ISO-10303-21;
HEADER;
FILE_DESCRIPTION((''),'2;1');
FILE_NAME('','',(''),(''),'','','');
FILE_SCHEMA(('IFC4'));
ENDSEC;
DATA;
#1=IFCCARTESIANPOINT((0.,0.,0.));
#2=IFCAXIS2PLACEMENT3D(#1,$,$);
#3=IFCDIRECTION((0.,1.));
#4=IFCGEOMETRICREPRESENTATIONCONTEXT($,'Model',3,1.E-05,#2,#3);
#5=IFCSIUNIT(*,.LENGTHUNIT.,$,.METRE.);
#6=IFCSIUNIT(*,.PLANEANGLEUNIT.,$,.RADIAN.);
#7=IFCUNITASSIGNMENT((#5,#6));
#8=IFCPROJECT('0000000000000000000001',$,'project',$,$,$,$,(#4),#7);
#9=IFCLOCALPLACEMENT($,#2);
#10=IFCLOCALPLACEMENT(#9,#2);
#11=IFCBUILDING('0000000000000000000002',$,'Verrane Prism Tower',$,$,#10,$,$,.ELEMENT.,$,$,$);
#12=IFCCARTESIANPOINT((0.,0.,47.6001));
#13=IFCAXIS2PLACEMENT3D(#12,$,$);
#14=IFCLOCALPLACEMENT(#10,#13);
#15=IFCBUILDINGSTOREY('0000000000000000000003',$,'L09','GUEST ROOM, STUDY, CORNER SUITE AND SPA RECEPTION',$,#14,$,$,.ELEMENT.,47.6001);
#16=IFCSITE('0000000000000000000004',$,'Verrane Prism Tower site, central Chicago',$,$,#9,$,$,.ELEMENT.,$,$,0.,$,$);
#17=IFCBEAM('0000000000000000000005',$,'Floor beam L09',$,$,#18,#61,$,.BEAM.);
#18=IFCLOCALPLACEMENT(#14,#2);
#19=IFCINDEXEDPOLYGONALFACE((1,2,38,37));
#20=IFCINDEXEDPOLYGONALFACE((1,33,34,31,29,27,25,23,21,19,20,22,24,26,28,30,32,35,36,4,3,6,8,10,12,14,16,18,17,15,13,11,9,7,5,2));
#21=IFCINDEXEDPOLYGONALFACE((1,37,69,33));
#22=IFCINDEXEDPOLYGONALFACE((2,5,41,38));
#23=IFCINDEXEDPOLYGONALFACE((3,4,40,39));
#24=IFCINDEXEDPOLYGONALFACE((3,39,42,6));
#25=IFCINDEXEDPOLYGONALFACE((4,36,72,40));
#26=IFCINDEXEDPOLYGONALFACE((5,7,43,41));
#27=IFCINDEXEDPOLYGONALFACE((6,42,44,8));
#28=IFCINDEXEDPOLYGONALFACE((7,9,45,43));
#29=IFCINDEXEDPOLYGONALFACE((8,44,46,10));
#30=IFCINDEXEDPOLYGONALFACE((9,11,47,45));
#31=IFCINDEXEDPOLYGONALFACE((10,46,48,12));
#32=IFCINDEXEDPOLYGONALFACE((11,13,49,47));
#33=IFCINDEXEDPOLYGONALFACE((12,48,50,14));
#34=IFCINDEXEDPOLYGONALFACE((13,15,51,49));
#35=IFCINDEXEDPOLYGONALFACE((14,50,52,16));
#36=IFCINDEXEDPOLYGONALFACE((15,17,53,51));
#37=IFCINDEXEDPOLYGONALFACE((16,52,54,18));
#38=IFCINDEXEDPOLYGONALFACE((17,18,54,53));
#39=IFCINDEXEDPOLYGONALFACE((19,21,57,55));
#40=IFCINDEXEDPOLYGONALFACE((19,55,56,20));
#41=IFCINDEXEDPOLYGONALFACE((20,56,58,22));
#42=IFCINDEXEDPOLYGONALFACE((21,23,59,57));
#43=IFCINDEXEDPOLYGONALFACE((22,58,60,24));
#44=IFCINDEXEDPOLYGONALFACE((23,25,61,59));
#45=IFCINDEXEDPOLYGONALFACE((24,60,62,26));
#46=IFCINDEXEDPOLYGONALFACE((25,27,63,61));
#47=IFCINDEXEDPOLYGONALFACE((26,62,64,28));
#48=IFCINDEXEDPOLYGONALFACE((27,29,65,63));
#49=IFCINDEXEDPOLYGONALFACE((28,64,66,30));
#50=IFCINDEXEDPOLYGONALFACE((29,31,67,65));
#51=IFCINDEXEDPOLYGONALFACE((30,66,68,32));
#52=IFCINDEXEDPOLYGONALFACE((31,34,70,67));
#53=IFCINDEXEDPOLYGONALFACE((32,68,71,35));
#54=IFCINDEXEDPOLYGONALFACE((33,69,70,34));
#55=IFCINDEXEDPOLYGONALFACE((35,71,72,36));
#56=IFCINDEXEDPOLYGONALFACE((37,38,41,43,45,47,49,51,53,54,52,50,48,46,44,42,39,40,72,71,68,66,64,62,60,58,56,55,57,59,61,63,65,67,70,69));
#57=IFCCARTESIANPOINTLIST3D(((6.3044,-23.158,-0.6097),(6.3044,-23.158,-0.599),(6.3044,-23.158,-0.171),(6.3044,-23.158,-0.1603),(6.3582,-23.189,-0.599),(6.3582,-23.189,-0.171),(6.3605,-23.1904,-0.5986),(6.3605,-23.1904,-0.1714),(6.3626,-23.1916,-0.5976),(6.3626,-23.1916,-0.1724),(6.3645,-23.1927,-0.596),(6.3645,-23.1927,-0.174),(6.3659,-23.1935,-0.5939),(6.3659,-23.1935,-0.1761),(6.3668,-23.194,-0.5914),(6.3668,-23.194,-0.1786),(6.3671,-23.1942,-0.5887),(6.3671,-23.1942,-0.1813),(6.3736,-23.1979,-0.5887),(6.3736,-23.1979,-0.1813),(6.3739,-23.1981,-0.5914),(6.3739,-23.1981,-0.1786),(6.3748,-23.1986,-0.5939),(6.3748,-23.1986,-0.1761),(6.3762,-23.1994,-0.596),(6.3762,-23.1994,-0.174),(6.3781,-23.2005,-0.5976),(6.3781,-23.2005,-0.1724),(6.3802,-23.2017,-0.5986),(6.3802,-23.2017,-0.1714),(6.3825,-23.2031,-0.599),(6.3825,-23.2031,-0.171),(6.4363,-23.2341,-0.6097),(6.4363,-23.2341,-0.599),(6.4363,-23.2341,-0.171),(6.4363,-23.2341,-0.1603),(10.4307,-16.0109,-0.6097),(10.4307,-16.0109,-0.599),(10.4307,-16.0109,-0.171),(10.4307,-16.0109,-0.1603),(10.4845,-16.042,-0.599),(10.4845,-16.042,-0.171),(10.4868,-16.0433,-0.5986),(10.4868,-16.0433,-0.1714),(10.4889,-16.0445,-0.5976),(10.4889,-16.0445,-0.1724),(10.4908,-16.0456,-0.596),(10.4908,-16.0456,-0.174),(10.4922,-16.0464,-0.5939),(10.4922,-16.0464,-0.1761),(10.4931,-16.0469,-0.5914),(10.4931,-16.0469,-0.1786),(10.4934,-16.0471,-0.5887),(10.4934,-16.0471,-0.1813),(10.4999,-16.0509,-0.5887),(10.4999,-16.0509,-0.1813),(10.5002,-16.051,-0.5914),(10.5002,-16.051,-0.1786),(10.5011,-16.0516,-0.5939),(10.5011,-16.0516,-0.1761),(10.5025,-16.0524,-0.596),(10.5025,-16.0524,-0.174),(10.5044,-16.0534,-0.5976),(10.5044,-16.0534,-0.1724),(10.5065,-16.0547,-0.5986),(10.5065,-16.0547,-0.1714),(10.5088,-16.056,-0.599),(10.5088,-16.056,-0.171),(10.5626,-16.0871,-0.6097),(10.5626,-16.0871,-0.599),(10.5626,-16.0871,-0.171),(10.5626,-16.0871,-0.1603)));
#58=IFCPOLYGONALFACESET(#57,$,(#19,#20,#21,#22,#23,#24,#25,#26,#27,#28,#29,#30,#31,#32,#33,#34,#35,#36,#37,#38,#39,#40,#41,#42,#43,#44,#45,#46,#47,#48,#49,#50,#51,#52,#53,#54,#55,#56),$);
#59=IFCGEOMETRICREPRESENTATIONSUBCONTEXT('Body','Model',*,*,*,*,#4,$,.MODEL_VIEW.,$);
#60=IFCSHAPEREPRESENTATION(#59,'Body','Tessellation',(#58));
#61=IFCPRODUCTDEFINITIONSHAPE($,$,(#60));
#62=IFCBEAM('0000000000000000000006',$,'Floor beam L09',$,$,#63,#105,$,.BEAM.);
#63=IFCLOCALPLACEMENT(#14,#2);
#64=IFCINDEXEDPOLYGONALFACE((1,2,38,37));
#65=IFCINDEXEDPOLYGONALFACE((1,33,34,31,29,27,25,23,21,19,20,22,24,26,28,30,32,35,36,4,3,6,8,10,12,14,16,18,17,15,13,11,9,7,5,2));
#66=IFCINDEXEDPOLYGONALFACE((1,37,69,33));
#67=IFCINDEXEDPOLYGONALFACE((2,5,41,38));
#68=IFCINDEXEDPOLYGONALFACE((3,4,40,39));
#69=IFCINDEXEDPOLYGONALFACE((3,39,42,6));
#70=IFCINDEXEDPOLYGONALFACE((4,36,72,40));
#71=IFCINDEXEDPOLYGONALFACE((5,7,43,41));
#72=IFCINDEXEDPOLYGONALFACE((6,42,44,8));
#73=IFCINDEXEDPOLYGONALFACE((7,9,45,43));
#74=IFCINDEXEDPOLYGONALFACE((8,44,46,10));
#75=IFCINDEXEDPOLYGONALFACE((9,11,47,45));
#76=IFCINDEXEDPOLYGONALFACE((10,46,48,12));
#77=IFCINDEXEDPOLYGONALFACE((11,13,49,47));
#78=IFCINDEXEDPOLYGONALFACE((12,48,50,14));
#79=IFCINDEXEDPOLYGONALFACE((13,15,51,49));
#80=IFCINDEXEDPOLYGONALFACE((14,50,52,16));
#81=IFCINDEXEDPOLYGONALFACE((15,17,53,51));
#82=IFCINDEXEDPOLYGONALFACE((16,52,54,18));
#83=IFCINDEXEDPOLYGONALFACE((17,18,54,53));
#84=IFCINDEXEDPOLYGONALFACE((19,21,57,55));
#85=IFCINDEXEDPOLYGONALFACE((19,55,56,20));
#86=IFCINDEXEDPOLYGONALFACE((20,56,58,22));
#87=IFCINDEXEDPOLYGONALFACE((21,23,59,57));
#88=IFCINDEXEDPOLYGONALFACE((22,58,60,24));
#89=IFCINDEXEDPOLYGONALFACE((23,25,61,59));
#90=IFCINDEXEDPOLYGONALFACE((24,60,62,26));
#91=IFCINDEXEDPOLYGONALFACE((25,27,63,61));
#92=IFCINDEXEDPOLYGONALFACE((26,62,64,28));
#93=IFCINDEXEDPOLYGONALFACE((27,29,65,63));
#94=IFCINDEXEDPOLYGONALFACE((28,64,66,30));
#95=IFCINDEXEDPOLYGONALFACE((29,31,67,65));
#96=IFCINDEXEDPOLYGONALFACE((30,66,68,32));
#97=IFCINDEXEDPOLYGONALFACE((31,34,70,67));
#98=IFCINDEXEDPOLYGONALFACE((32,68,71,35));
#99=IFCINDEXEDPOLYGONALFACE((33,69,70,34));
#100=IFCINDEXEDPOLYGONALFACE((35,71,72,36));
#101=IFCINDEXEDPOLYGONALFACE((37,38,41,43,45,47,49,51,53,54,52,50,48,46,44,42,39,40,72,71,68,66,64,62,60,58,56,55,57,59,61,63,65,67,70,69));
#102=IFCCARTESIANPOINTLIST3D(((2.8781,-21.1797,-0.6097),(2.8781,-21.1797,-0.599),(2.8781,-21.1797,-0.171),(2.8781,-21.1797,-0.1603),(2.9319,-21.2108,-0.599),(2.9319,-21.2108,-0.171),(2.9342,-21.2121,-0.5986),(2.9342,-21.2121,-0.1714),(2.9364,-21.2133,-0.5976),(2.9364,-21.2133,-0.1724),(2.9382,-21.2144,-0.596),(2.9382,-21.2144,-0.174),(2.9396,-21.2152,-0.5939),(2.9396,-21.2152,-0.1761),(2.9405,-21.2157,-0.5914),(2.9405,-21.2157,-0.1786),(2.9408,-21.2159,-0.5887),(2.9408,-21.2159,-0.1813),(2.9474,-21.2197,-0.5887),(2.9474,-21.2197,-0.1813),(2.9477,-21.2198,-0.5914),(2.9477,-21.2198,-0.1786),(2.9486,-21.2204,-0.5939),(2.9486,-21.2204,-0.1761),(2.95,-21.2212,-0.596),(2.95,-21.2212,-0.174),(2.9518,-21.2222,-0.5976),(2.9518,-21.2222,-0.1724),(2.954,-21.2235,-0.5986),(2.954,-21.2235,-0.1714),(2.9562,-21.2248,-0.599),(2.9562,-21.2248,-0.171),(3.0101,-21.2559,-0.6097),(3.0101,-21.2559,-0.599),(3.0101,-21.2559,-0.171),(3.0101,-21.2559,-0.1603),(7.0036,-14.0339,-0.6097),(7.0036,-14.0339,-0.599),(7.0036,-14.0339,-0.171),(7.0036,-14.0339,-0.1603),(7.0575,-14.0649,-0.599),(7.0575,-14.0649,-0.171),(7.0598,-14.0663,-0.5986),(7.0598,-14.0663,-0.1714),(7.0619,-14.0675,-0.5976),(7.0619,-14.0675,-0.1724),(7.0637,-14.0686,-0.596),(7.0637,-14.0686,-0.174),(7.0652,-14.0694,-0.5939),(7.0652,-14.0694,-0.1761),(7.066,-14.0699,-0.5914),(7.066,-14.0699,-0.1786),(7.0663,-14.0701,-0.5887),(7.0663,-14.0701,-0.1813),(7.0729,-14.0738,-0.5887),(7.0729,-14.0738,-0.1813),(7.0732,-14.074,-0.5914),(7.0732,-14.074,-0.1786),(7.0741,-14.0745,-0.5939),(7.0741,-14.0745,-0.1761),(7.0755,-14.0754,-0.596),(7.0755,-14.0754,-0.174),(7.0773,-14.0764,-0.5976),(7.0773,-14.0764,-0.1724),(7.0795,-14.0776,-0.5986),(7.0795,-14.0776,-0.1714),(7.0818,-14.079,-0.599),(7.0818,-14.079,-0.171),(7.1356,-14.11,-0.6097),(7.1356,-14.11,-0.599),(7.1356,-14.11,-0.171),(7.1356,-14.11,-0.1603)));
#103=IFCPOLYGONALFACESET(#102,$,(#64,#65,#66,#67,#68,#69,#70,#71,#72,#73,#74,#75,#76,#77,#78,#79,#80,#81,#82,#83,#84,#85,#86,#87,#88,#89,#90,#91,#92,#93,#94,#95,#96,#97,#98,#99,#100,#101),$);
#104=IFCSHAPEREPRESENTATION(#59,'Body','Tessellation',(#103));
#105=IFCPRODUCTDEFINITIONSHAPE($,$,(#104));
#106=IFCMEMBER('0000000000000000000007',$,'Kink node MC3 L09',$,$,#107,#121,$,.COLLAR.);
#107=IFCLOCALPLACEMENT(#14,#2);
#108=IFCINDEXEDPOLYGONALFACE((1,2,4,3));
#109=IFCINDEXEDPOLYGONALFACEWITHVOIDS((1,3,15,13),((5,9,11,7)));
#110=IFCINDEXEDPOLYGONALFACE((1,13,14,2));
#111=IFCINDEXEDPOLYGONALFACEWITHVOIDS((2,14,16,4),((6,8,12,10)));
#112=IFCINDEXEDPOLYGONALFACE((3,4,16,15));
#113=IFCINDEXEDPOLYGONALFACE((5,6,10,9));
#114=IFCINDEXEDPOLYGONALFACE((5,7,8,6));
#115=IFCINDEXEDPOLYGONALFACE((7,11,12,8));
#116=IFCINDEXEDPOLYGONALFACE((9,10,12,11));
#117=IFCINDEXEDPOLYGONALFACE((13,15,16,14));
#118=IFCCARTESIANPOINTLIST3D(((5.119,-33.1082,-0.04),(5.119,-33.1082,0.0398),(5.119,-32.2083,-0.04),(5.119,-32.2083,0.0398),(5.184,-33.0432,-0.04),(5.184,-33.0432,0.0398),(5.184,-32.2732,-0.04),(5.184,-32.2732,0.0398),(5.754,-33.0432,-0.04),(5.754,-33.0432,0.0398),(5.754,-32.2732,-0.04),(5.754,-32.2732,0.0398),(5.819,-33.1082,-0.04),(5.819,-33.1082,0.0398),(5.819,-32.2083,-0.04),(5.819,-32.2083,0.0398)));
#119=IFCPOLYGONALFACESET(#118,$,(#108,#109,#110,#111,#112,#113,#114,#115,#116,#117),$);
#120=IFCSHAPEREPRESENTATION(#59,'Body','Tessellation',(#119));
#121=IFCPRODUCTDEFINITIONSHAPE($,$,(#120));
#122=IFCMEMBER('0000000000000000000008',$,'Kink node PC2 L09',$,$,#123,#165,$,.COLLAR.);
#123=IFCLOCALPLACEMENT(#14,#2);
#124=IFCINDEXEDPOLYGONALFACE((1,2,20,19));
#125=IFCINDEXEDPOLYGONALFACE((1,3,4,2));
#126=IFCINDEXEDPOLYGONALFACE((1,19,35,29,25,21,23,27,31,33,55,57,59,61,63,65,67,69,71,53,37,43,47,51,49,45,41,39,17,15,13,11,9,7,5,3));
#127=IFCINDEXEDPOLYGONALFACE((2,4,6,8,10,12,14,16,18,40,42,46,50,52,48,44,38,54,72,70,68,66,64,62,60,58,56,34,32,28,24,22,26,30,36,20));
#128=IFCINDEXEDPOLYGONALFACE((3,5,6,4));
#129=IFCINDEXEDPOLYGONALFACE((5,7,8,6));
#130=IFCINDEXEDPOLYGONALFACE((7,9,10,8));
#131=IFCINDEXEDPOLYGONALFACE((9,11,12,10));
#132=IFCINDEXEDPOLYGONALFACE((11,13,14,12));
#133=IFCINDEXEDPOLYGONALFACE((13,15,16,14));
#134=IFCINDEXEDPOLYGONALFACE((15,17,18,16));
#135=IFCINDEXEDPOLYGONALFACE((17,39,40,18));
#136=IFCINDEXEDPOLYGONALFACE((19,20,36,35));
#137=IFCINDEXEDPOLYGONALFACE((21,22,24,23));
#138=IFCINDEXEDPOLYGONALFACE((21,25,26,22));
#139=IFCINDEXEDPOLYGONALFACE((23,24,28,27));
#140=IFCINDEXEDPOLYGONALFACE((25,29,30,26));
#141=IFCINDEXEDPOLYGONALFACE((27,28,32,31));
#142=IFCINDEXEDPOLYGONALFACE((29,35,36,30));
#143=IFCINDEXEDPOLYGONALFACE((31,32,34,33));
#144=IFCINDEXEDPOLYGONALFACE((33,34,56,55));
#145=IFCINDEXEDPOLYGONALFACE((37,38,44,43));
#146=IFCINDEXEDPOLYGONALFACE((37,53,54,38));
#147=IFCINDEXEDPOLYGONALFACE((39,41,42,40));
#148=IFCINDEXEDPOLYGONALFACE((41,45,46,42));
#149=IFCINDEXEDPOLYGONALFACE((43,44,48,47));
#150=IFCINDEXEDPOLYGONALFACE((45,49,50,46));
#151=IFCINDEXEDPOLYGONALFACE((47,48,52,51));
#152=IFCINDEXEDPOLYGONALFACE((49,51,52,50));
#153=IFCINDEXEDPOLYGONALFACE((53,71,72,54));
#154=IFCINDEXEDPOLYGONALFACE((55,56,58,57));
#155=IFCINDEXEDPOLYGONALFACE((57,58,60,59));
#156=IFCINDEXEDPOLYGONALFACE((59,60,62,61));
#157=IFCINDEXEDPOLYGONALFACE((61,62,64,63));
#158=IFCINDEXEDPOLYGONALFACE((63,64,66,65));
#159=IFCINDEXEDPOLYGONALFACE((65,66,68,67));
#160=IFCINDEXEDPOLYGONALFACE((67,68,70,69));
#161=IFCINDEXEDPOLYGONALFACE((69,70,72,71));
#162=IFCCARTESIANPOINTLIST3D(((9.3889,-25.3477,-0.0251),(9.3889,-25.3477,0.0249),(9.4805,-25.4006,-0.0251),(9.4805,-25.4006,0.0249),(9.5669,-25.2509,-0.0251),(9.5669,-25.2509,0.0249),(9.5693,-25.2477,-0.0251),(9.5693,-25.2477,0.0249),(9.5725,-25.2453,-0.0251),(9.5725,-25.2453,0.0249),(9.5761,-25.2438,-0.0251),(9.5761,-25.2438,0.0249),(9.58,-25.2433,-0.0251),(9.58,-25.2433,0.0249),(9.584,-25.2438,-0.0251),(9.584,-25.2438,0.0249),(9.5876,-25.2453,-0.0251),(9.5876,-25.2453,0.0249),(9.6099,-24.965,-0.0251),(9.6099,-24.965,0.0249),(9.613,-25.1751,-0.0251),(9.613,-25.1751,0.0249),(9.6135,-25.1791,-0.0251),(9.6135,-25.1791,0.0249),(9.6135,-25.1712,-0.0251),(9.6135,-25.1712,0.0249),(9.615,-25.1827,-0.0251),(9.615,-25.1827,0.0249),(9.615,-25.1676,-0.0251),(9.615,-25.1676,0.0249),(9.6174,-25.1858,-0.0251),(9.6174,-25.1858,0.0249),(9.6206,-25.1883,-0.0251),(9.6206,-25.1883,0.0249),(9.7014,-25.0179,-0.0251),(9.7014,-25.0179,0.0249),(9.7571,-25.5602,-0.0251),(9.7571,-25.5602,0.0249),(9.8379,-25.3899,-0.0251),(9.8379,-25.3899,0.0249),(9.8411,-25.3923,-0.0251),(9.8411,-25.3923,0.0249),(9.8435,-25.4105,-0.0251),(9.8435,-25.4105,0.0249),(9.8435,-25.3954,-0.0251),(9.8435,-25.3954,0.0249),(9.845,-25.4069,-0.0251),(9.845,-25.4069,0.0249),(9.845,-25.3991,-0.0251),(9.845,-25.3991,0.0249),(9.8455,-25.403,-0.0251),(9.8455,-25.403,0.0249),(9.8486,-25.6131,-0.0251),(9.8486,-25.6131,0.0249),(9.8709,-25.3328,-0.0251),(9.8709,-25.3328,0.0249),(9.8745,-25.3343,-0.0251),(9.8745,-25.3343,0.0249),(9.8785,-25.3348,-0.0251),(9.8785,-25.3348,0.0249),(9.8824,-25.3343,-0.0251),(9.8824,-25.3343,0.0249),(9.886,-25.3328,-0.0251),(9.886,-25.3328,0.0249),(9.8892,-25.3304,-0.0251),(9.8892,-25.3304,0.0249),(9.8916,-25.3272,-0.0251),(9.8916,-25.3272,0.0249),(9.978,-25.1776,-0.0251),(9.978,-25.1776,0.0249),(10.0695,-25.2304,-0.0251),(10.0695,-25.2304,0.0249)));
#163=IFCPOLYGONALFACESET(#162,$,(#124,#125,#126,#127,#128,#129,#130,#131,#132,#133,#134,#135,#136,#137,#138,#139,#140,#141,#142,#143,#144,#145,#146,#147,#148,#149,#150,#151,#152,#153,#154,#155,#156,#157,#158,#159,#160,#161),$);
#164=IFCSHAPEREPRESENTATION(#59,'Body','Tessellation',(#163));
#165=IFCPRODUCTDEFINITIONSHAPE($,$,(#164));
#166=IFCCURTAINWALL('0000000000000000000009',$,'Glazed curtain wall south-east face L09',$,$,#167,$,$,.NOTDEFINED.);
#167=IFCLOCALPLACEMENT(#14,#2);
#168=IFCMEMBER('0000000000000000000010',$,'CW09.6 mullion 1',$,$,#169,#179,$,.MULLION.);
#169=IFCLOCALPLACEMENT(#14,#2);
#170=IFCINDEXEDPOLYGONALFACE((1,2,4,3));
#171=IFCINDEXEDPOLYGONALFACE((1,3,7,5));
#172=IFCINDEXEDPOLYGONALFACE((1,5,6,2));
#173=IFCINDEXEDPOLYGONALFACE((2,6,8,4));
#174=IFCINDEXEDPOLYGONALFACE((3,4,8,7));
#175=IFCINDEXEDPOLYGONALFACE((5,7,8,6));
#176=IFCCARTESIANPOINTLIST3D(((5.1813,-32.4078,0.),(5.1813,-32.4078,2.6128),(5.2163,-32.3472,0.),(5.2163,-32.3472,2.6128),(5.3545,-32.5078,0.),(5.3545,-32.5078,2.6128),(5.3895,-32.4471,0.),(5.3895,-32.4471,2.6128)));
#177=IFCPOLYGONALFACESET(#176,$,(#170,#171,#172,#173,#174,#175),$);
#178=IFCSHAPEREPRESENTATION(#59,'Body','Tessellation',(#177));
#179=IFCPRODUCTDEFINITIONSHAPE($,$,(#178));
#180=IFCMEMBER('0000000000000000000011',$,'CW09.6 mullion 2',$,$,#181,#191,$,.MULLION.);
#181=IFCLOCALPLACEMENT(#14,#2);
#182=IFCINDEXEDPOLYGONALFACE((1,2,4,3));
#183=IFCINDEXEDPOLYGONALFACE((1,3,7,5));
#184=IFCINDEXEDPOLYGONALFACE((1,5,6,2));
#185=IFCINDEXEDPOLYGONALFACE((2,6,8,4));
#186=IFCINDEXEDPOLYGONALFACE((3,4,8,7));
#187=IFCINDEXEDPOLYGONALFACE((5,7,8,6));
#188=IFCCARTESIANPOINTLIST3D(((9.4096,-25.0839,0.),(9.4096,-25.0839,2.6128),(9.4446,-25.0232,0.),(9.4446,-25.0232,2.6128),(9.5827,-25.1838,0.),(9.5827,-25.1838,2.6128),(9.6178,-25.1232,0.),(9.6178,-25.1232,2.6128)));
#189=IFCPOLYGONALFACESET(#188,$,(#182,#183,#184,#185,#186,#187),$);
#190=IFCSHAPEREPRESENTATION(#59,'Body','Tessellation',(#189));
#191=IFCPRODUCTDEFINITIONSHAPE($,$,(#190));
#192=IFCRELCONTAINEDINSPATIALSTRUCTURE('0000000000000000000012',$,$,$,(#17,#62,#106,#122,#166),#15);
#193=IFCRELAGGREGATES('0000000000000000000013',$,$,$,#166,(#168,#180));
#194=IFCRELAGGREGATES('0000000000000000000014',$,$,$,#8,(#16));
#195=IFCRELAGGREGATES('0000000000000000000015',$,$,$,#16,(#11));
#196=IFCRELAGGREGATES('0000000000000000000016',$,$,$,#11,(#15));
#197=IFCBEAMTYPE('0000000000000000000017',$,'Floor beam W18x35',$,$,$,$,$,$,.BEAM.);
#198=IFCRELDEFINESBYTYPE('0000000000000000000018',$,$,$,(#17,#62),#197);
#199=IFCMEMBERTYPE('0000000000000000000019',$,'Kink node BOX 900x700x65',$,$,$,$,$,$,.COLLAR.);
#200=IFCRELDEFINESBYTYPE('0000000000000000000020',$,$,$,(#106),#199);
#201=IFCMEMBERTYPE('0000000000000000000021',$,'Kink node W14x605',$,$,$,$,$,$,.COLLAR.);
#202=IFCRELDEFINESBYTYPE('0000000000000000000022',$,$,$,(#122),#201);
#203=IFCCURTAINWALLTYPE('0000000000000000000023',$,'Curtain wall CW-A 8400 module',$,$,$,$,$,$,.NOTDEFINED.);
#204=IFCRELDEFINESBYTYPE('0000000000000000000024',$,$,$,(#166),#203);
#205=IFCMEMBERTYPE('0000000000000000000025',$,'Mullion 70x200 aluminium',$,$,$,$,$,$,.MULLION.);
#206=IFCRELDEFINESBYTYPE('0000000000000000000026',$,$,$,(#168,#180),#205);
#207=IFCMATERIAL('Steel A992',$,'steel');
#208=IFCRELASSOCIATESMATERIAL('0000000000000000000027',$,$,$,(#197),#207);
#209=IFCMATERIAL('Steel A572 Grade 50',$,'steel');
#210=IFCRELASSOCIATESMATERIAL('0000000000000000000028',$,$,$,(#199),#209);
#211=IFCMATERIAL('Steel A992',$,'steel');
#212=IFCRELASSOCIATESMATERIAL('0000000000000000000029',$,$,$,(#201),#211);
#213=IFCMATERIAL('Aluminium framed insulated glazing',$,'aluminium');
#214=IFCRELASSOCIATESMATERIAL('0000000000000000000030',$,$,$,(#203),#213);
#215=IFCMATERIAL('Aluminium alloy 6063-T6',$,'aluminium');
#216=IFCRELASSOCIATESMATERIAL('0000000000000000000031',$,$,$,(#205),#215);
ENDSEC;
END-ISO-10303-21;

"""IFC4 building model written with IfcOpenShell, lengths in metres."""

from ifc_helpers import new_model, si_unit, direction, frame, origin, origin_2d, place, context, subcontext, project, spatial, rectangle, hollow_rectangle, i_section, extrude, material, material_profile, profile_set, type_object, element, aggregate, save


model = new_model("IFC4")

# Units and contexts
model_context = context("Model", 3, precision=1e-05, world=origin(), true_north=direction((0.0, 1.0)))
body_context = subcontext(model_context, "Body", "Model", "MODEL_VIEW")
ifc_project = project(units=[si_unit("LENGTHUNIT", "METRE"), si_unit("PLANEANGLEUNIT", "RADIAN")], contexts=[model_context])

# Site, building, storey
site_placement = place(None, origin())
site = spatial("IfcSite", under=ifc_project, at=site_placement, Name="Verrane Prism Tower site, central Chicago", CompositionType="ELEMENT", RefElevation=0.0)
building_placement = place(site_placement, origin())
building = spatial("IfcBuilding", under=site, at=building_placement, Name="Verrane Prism Tower", CompositionType="ELEMENT")
storey_placement = place(building_placement, frame((0.0, 0.0, 47.6001)))
storey = spatial("IfcBuildingStorey", under=building, at=storey_placement, Name="L09", Description="GUEST ROOM, STUDY, CORNER SUITE AND SPA RECEPTION", CompositionType="ELEMENT", Elevation=47.6001)

# Beams
ifc_material_1 = material(Name="Steel A992", Category="steel")
ifc_material_profile_1 = material_profile(ifc_material_1, i_section(OverallWidth=0.1523, OverallDepth=0.4495, WebThickness=0.0076, FlangeThickness=0.0107, FilletRadius=0.0103, at=origin_2d()), Name="W18x35")
ifc_profile_set_1 = profile_set([ifc_material_profile_1], Name="Steel A992")
beam_type_1 = type_object("IfcBeamType", Name="Floor beam W18x35", PredefinedType="BEAM", material=ifc_profile_set_1)
beam_1_placement = place(storey_placement, frame((6.3704, -23.196, -0.385), z_axis=(0.499992, 0.86603, 0.0), x_axis=(-0.86603, 0.499992, 0.0)))
element("IfcBeam", 1, at=beam_1_placement, inside=storey, type_object=beam_type_1, Name="Floor beam L09", PredefinedType="BEAM", context=body_context, shape_type="SweptSolid", body=[
    extrude(i_section(OverallWidth=0.1523, OverallDepth=0.4495, WebThickness=0.0076, FlangeThickness=0.0107, FilletRadius=0.0103, at=origin_2d()), origin(), (0.0, 0.0, 1.0), 8.2527),
])
beam_2_placement = place(storey_placement, frame((2.9441, -21.2178, -0.385), z_axis=(0.49999, 0.866031, 0.0), x_axis=(-0.866031, 0.49999, 0.0)))
element("IfcBeam", 2, at=beam_2_placement, inside=storey, type_object=beam_type_1, Name="Floor beam L09", PredefinedType="BEAM", context=body_context, shape_type="SweptSolid", body=[
    extrude(i_section(OverallWidth=0.1523, OverallDepth=0.4495, WebThickness=0.0076, FlangeThickness=0.0107, FilletRadius=0.0103, at=origin_2d()), origin(), (0.0, 0.0, 1.0), 8.2512),
])

# Members
ifc_material_2 = material(Name="Steel A572 Grade 50", Category="steel")
ifc_material_profile_2 = material_profile(ifc_material_2, hollow_rectangle(XDim=0.7, YDim=0.8999, WallThickness=0.0649, at=origin_2d()), Name="BOX 900x700x65")
ifc_profile_set_2 = profile_set([ifc_material_profile_2], Name="Steel A572 Grade 50")
member_type_1 = type_object("IfcMemberType", Name="Kink node BOX 900x700x65", PredefinedType="COLLAR", material=ifc_profile_set_2)
member_1_placement = place(storey_placement, frame((5.469, -32.6582, -0.04), z_axis=(0.0, 0.0, 1.0), x_axis=(-1.0, 0.0, 0.0)))
element("IfcMember", 3, at=member_1_placement, inside=storey, type_object=member_type_1, Name="Kink node MC3 L09", PredefinedType="COLLAR", context=body_context, shape_type="SweptSolid", body=[
    extrude(hollow_rectangle(XDim=0.7, YDim=0.8999, WallThickness=0.0649, at=origin_2d()), origin(), (0.0, 0.0, 1.0), 0.0798),
])
ifc_material_3 = material(Name="Steel A992", Category="steel")
ifc_material_profile_3 = material_profile(ifc_material_3, i_section(OverallWidth=0.4419, OverallDepth=0.5308, WebThickness=0.0659, FlangeThickness=0.1057, FilletRadius=0.0151, at=origin_2d()), Name="W14x605")
ifc_profile_set_3 = profile_set([ifc_material_profile_3], Name="Steel A992")
member_type_2 = type_object("IfcMemberType", Name="Kink node W14x605", PredefinedType="COLLAR", material=ifc_profile_set_3)
member_2_placement = place(storey_placement, frame((9.7292, -25.2891, -0.0251), z_axis=(0.0, 0.0, 1.0), x_axis=(-0.5, -0.866025, 0.0)))
element("IfcMember", 4, at=member_2_placement, inside=storey, type_object=member_type_2, Name="Kink node PC2 L09", PredefinedType="COLLAR", context=body_context, shape_type="SweptSolid", body=[
    extrude(i_section(OverallWidth=0.4419, OverallDepth=0.5308, WebThickness=0.0659, FlangeThickness=0.1057, FilletRadius=0.0151, at=origin_2d()), origin(), (0.0, 0.0, 1.0), 0.05),
])

# Curtain wall, members
ifc_material_4 = material(Name="Aluminium framed insulated glazing", Category="aluminium")
curtain_wall_type = type_object("IfcCurtainWallType", Name="Curtain wall CW-A 8400 module", PredefinedType="NOTDEFINED", material=ifc_material_4)
curtain_wall_1_placement = place(storey_placement, origin())
curtain_wall_1 = element("IfcCurtainWall", 5, at=curtain_wall_1_placement, inside=storey, type_object=curtain_wall_type, Name="Glazed curtain wall south-east face L09", PredefinedType="NOTDEFINED")
ifc_material_5 = material(Name="Aluminium alloy 6063-T6", Category="aluminium")
ifc_material_profile_4 = material_profile(ifc_material_5, rectangle(XDim=0.2, YDim=0.0701, at=origin_2d()), Name="Mullion 70x200 aluminium")
ifc_profile_set_4 = profile_set([ifc_material_profile_4], Name="Aluminium alloy 6063-T6")
member_type_3 = type_object("IfcMemberType", Name="Mullion 70x200 aluminium", PredefinedType="MULLION", material=ifc_profile_set_4)
member_3_placement = place(storey_placement, frame((5.2854, -32.4275, 0.0), z_axis=(0.0, 0.0, 1.0), x_axis=(-0.866026, 0.499999, 0.0)))
member_3 = element("IfcMember", 6, at=member_3_placement, type_object=member_type_3, Name="CW09.6 mullion 1", PredefinedType="MULLION", context=body_context, shape_type="SweptSolid", body=[
    extrude(rectangle(XDim=0.2, YDim=0.0701, at=origin_2d()), origin(), (0.0, 0.0, 1.0), 2.6128),
])
member_4_placement = place(storey_placement, frame((9.5137, -25.1035, 0.0), z_axis=(0.0, 0.0, 1.0), x_axis=(-0.866026, 0.499999, 0.0)))
member_4 = element("IfcMember", 7, at=member_4_placement, type_object=member_type_3, Name="CW09.6 mullion 2", PredefinedType="MULLION", context=body_context, shape_type="SweptSolid", body=[
    extrude(rectangle(XDim=0.2, YDim=0.0701, at=origin_2d()), origin(), (0.0, 0.0, 1.0), 2.6128),
])

aggregate(curtain_wall_1, [member_3, member_4])

save(model, "model.ifc")
